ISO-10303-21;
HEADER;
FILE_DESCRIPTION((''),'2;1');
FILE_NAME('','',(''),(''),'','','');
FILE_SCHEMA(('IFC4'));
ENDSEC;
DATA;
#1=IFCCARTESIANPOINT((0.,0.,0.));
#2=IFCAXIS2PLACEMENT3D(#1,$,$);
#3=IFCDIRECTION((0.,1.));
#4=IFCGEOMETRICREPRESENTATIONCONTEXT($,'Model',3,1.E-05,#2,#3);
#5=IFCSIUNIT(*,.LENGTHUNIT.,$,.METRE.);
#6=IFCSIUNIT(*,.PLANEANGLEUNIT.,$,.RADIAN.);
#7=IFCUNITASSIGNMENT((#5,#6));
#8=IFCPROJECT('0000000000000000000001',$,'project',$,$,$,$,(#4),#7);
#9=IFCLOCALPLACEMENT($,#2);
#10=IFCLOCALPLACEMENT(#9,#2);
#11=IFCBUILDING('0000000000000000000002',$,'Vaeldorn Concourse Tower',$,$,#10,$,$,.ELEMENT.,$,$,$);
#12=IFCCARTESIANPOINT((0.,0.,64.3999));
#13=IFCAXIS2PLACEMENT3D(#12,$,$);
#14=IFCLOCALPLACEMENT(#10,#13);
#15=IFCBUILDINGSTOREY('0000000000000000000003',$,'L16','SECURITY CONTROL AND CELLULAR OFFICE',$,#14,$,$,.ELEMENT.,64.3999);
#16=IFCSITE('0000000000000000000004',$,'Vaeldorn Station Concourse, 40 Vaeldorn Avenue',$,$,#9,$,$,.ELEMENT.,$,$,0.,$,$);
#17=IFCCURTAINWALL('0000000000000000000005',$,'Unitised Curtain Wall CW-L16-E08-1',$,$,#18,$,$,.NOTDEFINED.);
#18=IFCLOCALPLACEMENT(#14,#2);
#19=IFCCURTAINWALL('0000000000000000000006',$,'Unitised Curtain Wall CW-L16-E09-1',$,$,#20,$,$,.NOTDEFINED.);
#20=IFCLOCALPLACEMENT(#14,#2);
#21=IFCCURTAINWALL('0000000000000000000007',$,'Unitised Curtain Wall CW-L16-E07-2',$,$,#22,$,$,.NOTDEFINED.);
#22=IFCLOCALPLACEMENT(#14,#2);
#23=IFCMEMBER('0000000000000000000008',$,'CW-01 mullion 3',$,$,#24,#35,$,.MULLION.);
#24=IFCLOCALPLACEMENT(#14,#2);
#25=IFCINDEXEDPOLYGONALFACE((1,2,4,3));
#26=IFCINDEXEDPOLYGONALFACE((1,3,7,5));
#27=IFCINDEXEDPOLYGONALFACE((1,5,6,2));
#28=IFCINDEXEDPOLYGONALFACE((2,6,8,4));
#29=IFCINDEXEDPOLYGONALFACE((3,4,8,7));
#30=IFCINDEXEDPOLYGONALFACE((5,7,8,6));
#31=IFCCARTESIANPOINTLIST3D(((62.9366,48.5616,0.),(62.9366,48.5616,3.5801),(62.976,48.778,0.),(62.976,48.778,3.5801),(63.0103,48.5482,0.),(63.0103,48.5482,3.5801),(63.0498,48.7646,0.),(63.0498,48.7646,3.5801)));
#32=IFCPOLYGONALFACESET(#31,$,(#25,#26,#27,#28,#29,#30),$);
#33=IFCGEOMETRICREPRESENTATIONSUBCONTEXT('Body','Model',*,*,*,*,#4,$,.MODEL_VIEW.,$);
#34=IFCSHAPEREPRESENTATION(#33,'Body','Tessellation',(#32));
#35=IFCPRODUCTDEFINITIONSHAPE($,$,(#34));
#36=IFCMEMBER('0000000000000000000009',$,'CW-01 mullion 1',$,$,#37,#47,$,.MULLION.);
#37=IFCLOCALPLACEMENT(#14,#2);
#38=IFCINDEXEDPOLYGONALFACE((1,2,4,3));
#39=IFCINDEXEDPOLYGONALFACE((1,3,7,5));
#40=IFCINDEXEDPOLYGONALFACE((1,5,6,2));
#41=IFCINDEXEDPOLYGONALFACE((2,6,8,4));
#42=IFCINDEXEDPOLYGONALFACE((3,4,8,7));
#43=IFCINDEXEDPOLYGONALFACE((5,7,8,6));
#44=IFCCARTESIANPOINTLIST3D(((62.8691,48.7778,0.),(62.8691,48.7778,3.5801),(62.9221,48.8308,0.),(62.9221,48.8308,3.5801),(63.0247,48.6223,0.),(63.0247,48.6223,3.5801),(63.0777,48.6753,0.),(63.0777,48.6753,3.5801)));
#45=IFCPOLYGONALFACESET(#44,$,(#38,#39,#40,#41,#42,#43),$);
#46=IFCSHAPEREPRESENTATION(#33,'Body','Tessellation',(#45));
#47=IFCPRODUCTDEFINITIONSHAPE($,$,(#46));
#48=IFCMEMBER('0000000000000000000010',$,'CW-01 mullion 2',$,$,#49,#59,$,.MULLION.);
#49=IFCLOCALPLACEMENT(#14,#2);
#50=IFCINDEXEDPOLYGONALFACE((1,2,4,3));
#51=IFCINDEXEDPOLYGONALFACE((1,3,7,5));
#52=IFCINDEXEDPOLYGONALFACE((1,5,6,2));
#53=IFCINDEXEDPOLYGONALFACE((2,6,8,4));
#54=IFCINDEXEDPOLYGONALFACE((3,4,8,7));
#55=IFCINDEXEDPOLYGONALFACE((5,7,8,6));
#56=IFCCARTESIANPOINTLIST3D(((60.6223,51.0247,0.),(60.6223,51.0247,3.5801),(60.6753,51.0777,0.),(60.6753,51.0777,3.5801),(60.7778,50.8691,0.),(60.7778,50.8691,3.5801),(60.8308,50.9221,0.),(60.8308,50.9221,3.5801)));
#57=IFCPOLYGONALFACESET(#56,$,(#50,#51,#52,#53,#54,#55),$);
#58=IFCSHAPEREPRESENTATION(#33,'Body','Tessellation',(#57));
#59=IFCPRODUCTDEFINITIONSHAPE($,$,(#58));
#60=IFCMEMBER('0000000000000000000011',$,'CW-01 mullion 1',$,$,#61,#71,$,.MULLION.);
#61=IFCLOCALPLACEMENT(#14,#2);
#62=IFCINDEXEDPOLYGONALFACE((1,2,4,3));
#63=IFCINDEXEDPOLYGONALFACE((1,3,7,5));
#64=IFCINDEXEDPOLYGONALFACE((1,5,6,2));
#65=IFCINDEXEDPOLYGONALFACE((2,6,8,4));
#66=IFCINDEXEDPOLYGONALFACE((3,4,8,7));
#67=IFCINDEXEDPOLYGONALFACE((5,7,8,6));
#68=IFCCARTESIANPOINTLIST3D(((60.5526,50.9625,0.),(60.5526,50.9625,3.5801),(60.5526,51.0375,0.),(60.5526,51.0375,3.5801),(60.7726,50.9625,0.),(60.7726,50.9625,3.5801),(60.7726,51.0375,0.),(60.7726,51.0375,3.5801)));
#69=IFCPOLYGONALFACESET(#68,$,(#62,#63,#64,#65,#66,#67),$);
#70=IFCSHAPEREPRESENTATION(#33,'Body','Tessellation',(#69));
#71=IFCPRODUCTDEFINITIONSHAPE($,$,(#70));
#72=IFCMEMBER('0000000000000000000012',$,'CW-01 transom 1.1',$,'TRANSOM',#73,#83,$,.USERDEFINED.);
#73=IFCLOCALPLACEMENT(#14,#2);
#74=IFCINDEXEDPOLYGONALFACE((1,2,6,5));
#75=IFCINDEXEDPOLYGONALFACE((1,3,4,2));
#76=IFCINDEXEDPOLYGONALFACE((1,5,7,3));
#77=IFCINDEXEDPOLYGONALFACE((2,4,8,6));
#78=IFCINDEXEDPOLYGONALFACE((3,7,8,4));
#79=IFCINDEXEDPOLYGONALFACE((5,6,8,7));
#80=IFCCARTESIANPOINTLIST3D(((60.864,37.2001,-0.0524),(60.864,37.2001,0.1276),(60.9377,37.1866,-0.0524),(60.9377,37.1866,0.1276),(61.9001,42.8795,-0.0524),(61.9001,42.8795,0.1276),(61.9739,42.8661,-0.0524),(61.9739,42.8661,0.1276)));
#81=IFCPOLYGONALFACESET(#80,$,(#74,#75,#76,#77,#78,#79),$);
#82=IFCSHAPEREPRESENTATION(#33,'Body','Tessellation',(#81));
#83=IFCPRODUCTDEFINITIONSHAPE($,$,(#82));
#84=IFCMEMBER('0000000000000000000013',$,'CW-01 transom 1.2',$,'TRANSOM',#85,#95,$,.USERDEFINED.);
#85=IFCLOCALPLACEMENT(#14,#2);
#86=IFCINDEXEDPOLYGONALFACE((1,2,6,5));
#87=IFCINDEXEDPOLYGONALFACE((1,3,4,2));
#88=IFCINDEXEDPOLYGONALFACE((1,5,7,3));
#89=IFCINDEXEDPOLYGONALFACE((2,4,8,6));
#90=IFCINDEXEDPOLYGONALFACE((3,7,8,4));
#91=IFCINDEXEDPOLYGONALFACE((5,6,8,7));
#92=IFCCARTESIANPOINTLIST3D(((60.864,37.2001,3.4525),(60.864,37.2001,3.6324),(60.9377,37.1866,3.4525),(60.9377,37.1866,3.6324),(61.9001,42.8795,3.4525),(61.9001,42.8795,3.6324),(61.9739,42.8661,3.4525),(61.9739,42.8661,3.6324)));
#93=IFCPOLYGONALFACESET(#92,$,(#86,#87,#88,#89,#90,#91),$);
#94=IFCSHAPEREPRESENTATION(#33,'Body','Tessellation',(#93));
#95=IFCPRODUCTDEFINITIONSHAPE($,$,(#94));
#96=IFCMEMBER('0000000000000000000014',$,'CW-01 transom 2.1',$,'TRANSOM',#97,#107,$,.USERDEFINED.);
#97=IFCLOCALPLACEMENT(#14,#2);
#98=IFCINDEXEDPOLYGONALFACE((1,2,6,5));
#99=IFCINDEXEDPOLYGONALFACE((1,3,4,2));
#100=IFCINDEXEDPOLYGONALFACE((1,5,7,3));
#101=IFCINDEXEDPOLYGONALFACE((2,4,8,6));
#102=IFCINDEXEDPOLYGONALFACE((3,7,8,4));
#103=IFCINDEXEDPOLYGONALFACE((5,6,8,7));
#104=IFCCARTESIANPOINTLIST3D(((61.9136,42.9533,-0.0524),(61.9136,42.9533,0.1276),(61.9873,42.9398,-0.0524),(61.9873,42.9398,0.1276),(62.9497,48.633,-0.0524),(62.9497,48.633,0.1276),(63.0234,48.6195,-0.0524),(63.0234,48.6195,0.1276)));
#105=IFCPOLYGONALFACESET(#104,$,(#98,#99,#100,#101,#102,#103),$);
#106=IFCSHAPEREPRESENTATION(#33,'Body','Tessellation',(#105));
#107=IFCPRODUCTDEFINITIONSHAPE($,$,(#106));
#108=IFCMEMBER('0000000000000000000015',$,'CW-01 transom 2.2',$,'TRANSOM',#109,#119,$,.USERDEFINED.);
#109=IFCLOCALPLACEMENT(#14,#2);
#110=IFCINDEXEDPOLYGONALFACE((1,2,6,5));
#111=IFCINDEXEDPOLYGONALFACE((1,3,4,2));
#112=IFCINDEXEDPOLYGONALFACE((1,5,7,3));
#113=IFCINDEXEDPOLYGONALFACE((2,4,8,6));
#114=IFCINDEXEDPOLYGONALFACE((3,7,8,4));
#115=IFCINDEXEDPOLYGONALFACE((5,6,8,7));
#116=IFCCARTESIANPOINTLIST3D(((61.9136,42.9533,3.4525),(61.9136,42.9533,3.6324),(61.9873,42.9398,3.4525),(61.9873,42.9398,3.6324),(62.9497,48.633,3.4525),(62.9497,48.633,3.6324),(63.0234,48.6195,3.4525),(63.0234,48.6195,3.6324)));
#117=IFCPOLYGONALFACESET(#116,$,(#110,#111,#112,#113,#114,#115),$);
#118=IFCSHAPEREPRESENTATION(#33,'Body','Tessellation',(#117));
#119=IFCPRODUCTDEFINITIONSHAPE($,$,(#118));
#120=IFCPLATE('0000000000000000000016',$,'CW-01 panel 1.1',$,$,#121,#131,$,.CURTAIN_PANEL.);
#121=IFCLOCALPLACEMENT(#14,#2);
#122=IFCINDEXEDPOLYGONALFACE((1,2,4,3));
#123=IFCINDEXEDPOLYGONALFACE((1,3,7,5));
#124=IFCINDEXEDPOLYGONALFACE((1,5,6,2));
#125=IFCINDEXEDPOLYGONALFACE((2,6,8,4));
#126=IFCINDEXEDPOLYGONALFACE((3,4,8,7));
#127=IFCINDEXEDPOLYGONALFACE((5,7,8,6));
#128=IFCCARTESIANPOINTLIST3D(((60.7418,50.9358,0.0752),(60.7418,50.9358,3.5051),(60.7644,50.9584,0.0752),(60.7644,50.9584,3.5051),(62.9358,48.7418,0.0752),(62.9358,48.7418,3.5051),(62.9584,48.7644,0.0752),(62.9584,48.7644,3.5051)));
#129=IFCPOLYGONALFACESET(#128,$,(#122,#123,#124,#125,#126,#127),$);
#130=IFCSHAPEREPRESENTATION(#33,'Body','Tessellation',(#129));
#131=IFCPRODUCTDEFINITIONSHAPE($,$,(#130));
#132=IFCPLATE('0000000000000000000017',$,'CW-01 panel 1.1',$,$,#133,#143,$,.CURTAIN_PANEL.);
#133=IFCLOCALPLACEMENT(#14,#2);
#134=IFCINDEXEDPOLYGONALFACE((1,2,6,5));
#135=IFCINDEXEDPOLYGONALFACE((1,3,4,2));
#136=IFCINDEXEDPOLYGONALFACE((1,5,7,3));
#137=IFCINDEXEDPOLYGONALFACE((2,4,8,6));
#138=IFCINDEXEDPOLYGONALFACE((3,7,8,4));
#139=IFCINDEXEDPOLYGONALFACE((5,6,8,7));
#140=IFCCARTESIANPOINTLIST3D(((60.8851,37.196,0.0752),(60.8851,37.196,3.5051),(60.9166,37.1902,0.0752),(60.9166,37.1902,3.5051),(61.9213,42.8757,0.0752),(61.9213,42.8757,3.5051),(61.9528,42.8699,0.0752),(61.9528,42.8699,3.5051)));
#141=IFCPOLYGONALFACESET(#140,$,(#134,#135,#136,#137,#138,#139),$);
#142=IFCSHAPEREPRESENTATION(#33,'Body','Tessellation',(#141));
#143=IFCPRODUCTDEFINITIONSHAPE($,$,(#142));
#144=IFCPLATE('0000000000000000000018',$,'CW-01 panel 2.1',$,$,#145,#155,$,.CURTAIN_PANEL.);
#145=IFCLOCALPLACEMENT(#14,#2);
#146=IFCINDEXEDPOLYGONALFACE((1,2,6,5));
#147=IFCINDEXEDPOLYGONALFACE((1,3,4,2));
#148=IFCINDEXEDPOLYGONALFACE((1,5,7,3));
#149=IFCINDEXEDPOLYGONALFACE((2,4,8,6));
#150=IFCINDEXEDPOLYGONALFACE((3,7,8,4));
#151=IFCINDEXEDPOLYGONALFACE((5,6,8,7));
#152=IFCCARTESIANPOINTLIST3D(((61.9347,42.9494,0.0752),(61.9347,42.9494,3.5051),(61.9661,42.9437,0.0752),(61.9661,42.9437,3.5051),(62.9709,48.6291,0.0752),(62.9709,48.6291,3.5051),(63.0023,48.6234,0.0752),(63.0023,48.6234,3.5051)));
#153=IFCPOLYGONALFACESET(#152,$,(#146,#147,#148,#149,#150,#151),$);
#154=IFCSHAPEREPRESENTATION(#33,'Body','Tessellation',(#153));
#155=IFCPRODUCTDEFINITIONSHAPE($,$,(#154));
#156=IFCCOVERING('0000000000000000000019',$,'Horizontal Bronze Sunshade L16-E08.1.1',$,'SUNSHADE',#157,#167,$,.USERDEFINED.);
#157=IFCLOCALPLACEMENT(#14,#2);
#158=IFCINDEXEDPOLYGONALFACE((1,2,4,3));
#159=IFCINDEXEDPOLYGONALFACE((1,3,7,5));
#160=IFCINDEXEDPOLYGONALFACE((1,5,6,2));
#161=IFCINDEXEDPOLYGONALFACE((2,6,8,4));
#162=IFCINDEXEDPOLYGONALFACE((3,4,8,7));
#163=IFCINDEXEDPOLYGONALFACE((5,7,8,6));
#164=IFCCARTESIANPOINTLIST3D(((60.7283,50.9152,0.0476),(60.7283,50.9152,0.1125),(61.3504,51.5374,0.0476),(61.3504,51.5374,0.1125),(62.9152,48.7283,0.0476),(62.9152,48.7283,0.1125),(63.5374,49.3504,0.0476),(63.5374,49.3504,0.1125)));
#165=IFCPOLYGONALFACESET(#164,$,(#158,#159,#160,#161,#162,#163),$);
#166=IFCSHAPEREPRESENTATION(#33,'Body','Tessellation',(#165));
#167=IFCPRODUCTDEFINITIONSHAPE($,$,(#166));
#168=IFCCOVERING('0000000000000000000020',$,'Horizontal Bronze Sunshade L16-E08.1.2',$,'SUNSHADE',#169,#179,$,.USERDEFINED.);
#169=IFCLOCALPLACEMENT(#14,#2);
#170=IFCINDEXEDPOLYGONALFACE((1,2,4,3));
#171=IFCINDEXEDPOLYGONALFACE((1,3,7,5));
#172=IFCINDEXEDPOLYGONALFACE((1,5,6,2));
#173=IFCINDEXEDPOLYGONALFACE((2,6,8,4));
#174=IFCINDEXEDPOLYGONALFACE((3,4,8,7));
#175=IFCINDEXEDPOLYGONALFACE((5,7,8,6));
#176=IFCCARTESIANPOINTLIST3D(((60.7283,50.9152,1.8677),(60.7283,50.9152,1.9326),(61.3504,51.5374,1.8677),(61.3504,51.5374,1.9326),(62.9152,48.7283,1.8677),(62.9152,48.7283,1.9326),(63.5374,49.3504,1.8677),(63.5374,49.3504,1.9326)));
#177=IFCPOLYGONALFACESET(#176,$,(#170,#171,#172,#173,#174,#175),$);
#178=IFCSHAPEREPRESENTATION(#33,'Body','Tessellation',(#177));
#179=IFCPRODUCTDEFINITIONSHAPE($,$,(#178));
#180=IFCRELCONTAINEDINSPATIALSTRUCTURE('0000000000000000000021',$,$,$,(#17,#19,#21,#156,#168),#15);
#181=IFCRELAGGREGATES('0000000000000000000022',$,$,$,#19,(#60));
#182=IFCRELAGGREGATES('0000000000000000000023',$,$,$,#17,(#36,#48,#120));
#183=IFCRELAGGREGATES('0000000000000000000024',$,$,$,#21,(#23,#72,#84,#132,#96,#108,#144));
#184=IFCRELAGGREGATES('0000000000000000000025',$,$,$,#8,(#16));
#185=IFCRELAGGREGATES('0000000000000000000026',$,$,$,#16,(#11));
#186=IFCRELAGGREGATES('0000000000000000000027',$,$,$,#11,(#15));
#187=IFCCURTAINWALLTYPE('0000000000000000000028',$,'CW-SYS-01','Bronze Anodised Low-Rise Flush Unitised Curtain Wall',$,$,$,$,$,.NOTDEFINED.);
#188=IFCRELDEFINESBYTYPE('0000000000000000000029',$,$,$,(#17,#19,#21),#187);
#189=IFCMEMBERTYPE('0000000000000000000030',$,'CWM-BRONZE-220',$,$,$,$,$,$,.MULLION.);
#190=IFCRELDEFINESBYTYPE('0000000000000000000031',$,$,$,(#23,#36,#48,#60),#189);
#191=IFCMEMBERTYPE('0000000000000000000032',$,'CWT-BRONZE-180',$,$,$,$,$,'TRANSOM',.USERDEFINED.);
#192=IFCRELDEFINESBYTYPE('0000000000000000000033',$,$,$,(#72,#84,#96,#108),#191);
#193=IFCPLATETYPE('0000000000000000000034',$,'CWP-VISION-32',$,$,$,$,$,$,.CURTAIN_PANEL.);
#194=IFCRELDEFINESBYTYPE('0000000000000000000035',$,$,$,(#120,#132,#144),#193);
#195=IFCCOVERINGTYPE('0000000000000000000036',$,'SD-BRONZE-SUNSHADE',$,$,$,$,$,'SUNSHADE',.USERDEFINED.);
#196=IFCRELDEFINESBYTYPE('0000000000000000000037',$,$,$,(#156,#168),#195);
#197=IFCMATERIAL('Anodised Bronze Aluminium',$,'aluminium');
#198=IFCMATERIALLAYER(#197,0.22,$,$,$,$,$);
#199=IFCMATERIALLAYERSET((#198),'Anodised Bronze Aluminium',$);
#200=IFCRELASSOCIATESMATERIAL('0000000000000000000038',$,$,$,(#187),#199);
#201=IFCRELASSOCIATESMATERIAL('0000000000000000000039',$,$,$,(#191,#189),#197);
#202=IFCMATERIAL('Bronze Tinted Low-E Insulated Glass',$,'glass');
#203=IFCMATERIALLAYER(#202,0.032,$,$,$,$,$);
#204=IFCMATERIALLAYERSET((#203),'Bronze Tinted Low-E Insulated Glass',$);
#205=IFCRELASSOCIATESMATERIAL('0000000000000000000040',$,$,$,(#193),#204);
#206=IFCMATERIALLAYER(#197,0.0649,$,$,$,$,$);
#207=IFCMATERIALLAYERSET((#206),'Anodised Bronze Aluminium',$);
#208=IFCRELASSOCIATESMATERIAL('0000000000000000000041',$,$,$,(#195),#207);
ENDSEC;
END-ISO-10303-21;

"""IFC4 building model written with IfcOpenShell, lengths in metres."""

from ifc_helpers import new_model, si_unit, direction, frame, origin, origin_2d, place, context, subcontext, project, spatial, rectangle, extrude, source, transform, mapped, material, layer, layer_set, material_profile, profile_set, type_object, element, aggregate, save


model = new_model("IFC4")

# Units and contexts
model_context = context("Model", 3, precision=1e-05, world=origin(), true_north=direction((0.0, 1.0)))
body_context = subcontext(model_context, "Body", "Model", "MODEL_VIEW")
ifc_project = project(units=[si_unit("LENGTHUNIT", "METRE"), si_unit("PLANEANGLEUNIT", "RADIAN")], contexts=[model_context])

# Site, building, storey
site_placement = place(None, origin())
site = spatial("IfcSite", under=ifc_project, at=site_placement, Name="Vaeldorn Station Concourse, 40 Vaeldorn Avenue", CompositionType="ELEMENT", RefElevation=0.0)
building_placement = place(site_placement, origin())
building = spatial("IfcBuilding", under=site, at=building_placement, Name="Vaeldorn Concourse Tower", CompositionType="ELEMENT")
storey_placement = place(building_placement, frame((0.0, 0.0, 64.3999)))
storey = spatial("IfcBuildingStorey", under=building, at=storey_placement, Name="L16", Description="SECURITY CONTROL AND CELLULAR OFFICE", CompositionType="ELEMENT", Elevation=64.3999)

# Curtain walls, member
ifc_material_1 = material(Name="Anodised Bronze Aluminium", Category="aluminium")
ifc_layer_1 = layer(ifc_material_1, 0.22)
ifc_layer_set_1 = layer_set([ifc_layer_1], Name="Anodised Bronze Aluminium")
curtain_wall_type = type_object("IfcCurtainWallType", Name="CW-SYS-01", Description="Bronze Anodised Low-Rise Flush Unitised Curtain Wall", PredefinedType="NOTDEFINED", material=ifc_layer_set_1)
curtain_wall_1_placement = place(storey_placement, origin())
curtain_wall_1 = element("IfcCurtainWall", 1, at=curtain_wall_1_placement, inside=storey, type_object=curtain_wall_type, Name="Unitised Curtain Wall CW-L16-E08-1", PredefinedType="NOTDEFINED")
ifc_material_profile_1 = material_profile(ifc_material_1, rectangle(XDim=0.075, YDim=0.1799, at=origin_2d()), Name="CWT 75x180")
ifc_profile_set_1 = profile_set([ifc_material_profile_1], Name="Anodised Bronze Aluminium")
member_type_1 = type_object("IfcMemberType", Name="CWT-BRONZE-180", ElementType="TRANSOM", PredefinedType="USERDEFINED", material=ifc_profile_set_1)
curtain_wall_2_placement = place(storey_placement, origin())
curtain_wall_2 = element("IfcCurtainWall", 2, at=curtain_wall_2_placement, inside=storey, type_object=curtain_wall_type, Name="Unitised Curtain Wall CW-L16-E09-1", PredefinedType="NOTDEFINED")
curtain_wall_3_placement = place(storey_placement, origin())
curtain_wall_3 = element("IfcCurtainWall", 3, at=curtain_wall_3_placement, inside=storey, type_object=curtain_wall_type, Name="Unitised Curtain Wall CW-L16-E07-2", PredefinedType="NOTDEFINED")
ifc_material_profile_2 = material_profile(ifc_material_1, rectangle(XDim=0.075, YDim=0.22, at=origin_2d()), Name="CWM 75x220")
ifc_profile_set_2 = profile_set([ifc_material_profile_2], Name="Anodised Bronze Aluminium")
member_type_2 = type_object("IfcMemberType", Name="CWM-BRONZE-220", PredefinedType="MULLION", material=ifc_profile_set_2)
shared_shape_1 = source(origin(), body_context, "Body", "SweptSolid", [
    extrude(rectangle(XDim=0.075, YDim=0.22, at=origin_2d()), origin(), (0.0, 0.0, 1.0), 3.5801),
])
member_1_placement = place(storey_placement, frame((62.9932, 48.6631, 0.0), z_axis=(0.0, 0.0, 1.0), x_axis=(-0.983763, 0.179474, 0.0)))
member_1 = element("IfcMember", 4, at=member_1_placement, type_object=member_type_2, Name="CW-01 mullion 3", PredefinedType="MULLION", context=body_context, shape_type="MappedRepresentation", body=[
    mapped(shared_shape_1, transform((0.0, 0.0, 0.0), scale=1.0)),
])

# Members
member_2_placement = place(storey_placement, frame((62.9734, 48.7266, 0.0), z_axis=(0.0, 0.0, 1.0), x_axis=(-0.707107, -0.707107, 0.0)))
member_2 = element("IfcMember", 5, at=member_2_placement, type_object=member_type_2, Name="CW-01 mullion 1", PredefinedType="MULLION", context=body_context, shape_type="MappedRepresentation", body=[
    mapped(shared_shape_1, transform((0.0, 0.0, 0.0), scale=1.0)),
])
member_3_placement = place(storey_placement, frame((60.7266, 50.9734, 0.0), z_axis=(0.0, 0.0, 1.0), x_axis=(-0.707107, -0.707107, 0.0)))
member_3 = element("IfcMember", 6, at=member_3_placement, type_object=member_type_2, Name="CW-01 mullion 2", PredefinedType="MULLION", context=body_context, shape_type="MappedRepresentation", body=[
    mapped(shared_shape_1, transform((0.0, 0.0, 0.0), scale=1.0)),
])
member_4_placement = place(storey_placement, frame((60.6626, 51.0, 0.0), z_axis=(0.0, 0.0, 1.0), x_axis=(0.0, -1.0, 0.0)))
member_4 = element("IfcMember", 7, at=member_4_placement, type_object=member_type_2, Name="CW-01 mullion 1", PredefinedType="MULLION", context=body_context, shape_type="MappedRepresentation", body=[
    mapped(shared_shape_1, transform((0.0, 0.0, 0.0), scale=1.0)),
])
aggregate(curtain_wall_2, [member_4])
shared_shape_2 = source(origin(), body_context, "Body", "SweptSolid", [
    extrude(rectangle(XDim=0.075, YDim=0.1799, at=origin_2d()), origin(), (0.0, 0.0, 1.0), 5.7732),
])
member_5_placement = place(storey_placement, frame((60.9009, 37.1934, 0.0376), z_axis=(0.179473, 0.983763, 0.0), x_axis=(-0.983763, 0.179473, 0.0)))
member_5 = element("IfcMember", 8, at=member_5_placement, type_object=member_type_1, Name="CW-01 transom 1.1", ObjectType="TRANSOM", PredefinedType="USERDEFINED", context=body_context, shape_type="MappedRepresentation", body=[
    mapped(shared_shape_2, transform((0.0, 0.0, 0.0), scale=1.0)),
])
member_6_placement = place(storey_placement, frame((60.9009, 37.1934, 3.5425), z_axis=(0.179473, 0.983763, 0.0), x_axis=(-0.983763, 0.179473, 0.0)))
member_6 = element("IfcMember", 9, at=member_6_placement, type_object=member_type_1, Name="CW-01 transom 1.2", ObjectType="TRANSOM", PredefinedType="USERDEFINED", context=body_context, shape_type="MappedRepresentation", body=[
    mapped(shared_shape_2, transform((0.0, 0.0, 0.0), scale=1.0)),
])
shared_shape_3 = source(origin(), body_context, "Body", "SweptSolid", [
    extrude(rectangle(XDim=0.075, YDim=0.1799, at=origin_2d()), origin(), (0.0, 0.0, 1.0), 5.7734),
])
member_7_placement = place(storey_placement, frame((61.9504, 42.9465, 0.0376), z_axis=(0.179466, 0.983764, 0.0), x_axis=(-0.983764, 0.179466, 0.0)))
member_7 = element("IfcMember", 10, at=member_7_placement, type_object=member_type_1, Name="CW-01 transom 2.1", ObjectType="TRANSOM", PredefinedType="USERDEFINED", context=body_context, shape_type="MappedRepresentation", body=[
    mapped(shared_shape_3, transform((0.0, 0.0, 0.0), scale=1.0)),
])
member_8_placement = place(storey_placement, frame((61.9504, 42.9465, 3.5425), z_axis=(0.179466, 0.983764, 0.0), x_axis=(-0.983764, 0.179466, 0.0)))
member_8 = element("IfcMember", 11, at=member_8_placement, type_object=member_type_1, Name="CW-01 transom 2.2", ObjectType="TRANSOM", PredefinedType="USERDEFINED", context=body_context, shape_type="MappedRepresentation", body=[
    mapped(shared_shape_3, transform((0.0, 0.0, 0.0), scale=1.0)),
])

# Plates
ifc_material_2 = material(Name="Bronze Tinted Low-E Insulated Glass", Category="glass")
ifc_layer_2 = layer(ifc_material_2, 0.032)
ifc_layer_set_2 = layer_set([ifc_layer_2], Name="Bronze Tinted Low-E Insulated Glass")
plate_type = type_object("IfcPlateType", Name="CWP-VISION-32", PredefinedType="CURTAIN_PANEL", material=ifc_layer_set_2)
shared_shape_4 = source(origin(), body_context, "Body", "SweptSolid", [
    extrude(rectangle(XDim=3.1028, YDim=0.032, at=origin_2d()), origin(), (0.0, 0.0, 1.0), 3.4299),
])
plate_1_placement = place(storey_placement, frame((61.8501, 49.8501, 0.0752), z_axis=(0.0, 0.0, 1.0), x_axis=(-0.707107, 0.707107, 0.0)))
plate_1 = element("IfcPlate", 12, at=plate_1_placement, type_object=plate_type, Name="CW-01 panel 1.1", PredefinedType="CURTAIN_PANEL", context=body_context, shape_type="MappedRepresentation", body=[
    mapped(shared_shape_4, transform((0.0, 0.0, 0.0), scale=1.0)),
])
aggregate(curtain_wall_1, [member_2, member_3, plate_1])
shared_shape_5 = source(origin(), body_context, "Body", "SweptSolid", [
    extrude(rectangle(XDim=5.7734, YDim=0.032, at=origin_2d()), origin(), (0.0, 0.0, 1.0), 3.4299),
])
plate_2_placement = place(storey_placement, frame((61.4189, 40.033, 0.0752), z_axis=(0.0, 0.0, 1.0), x_axis=(0.179474, 0.983763, 0.0)))
plate_2 = element("IfcPlate", 13, at=plate_2_placement, type_object=plate_type, Name="CW-01 panel 1.1", PredefinedType="CURTAIN_PANEL", context=body_context, shape_type="MappedRepresentation", body=[
    mapped(shared_shape_5, transform((0.0, 0.0, 0.0), scale=1.0)),
])
plate_3_placement = place(storey_placement, frame((62.4685, 45.7864, 0.0752), z_axis=(0.0, 0.0, 1.0), x_axis=(0.179474, 0.983763, 0.0)))
plate_3 = element("IfcPlate", 14, at=plate_3_placement, type_object=plate_type, Name="CW-01 panel 2.1", PredefinedType="CURTAIN_PANEL", context=body_context, shape_type="MappedRepresentation", body=[
    mapped(shared_shape_5, transform((0.0, 0.0, 0.0), scale=1.0)),
])
aggregate(curtain_wall_3, [member_1, member_5, member_6, plate_2, member_7, member_8, plate_3])

# Coverings
ifc_layer_3 = layer(ifc_material_1, 0.0649)
ifc_layer_set_3 = layer_set([ifc_layer_3], Name="Anodised Bronze Aluminium")
covering_type = type_object("IfcCoveringType", Name="SD-BRONZE-SUNSHADE", ElementType="SUNSHADE", PredefinedType="USERDEFINED", material=ifc_layer_set_3)
shared_shape_6 = source(origin(), body_context, "Body", "SweptSolid", [
    extrude(rectangle(XDim=3.0928, YDim=0.8799, at=origin_2d()), origin(), (0.0, 0.0, 1.0), 0.0649),
])
for number, where, z_axis, x_axis, name in (
    (15, (62.1328, 50.1328, 0.0476), (0.0, 0.0, 1.0), (-0.707107, 0.707107, 0.0), "Horizontal Bronze Sunshade L16-E08.1.1"),
    (16, (62.1328, 50.1328, 1.8677), (0.0, 0.0, 1.0), (-0.707107, 0.707107, 0.0), "Horizontal Bronze Sunshade L16-E08.1.2"),
):
    element("IfcCovering", number, at=place(storey_placement, frame(where, z_axis=z_axis, x_axis=x_axis)), inside=storey, type_object=covering_type, Name=name, ObjectType="SUNSHADE", PredefinedType="USERDEFINED", context=body_context, shape_type="MappedRepresentation", body=[
        mapped(shared_shape_6, transform((0.0, 0.0, 0.0), scale=1.0)),
    ])

save(model, "model.ifc")
